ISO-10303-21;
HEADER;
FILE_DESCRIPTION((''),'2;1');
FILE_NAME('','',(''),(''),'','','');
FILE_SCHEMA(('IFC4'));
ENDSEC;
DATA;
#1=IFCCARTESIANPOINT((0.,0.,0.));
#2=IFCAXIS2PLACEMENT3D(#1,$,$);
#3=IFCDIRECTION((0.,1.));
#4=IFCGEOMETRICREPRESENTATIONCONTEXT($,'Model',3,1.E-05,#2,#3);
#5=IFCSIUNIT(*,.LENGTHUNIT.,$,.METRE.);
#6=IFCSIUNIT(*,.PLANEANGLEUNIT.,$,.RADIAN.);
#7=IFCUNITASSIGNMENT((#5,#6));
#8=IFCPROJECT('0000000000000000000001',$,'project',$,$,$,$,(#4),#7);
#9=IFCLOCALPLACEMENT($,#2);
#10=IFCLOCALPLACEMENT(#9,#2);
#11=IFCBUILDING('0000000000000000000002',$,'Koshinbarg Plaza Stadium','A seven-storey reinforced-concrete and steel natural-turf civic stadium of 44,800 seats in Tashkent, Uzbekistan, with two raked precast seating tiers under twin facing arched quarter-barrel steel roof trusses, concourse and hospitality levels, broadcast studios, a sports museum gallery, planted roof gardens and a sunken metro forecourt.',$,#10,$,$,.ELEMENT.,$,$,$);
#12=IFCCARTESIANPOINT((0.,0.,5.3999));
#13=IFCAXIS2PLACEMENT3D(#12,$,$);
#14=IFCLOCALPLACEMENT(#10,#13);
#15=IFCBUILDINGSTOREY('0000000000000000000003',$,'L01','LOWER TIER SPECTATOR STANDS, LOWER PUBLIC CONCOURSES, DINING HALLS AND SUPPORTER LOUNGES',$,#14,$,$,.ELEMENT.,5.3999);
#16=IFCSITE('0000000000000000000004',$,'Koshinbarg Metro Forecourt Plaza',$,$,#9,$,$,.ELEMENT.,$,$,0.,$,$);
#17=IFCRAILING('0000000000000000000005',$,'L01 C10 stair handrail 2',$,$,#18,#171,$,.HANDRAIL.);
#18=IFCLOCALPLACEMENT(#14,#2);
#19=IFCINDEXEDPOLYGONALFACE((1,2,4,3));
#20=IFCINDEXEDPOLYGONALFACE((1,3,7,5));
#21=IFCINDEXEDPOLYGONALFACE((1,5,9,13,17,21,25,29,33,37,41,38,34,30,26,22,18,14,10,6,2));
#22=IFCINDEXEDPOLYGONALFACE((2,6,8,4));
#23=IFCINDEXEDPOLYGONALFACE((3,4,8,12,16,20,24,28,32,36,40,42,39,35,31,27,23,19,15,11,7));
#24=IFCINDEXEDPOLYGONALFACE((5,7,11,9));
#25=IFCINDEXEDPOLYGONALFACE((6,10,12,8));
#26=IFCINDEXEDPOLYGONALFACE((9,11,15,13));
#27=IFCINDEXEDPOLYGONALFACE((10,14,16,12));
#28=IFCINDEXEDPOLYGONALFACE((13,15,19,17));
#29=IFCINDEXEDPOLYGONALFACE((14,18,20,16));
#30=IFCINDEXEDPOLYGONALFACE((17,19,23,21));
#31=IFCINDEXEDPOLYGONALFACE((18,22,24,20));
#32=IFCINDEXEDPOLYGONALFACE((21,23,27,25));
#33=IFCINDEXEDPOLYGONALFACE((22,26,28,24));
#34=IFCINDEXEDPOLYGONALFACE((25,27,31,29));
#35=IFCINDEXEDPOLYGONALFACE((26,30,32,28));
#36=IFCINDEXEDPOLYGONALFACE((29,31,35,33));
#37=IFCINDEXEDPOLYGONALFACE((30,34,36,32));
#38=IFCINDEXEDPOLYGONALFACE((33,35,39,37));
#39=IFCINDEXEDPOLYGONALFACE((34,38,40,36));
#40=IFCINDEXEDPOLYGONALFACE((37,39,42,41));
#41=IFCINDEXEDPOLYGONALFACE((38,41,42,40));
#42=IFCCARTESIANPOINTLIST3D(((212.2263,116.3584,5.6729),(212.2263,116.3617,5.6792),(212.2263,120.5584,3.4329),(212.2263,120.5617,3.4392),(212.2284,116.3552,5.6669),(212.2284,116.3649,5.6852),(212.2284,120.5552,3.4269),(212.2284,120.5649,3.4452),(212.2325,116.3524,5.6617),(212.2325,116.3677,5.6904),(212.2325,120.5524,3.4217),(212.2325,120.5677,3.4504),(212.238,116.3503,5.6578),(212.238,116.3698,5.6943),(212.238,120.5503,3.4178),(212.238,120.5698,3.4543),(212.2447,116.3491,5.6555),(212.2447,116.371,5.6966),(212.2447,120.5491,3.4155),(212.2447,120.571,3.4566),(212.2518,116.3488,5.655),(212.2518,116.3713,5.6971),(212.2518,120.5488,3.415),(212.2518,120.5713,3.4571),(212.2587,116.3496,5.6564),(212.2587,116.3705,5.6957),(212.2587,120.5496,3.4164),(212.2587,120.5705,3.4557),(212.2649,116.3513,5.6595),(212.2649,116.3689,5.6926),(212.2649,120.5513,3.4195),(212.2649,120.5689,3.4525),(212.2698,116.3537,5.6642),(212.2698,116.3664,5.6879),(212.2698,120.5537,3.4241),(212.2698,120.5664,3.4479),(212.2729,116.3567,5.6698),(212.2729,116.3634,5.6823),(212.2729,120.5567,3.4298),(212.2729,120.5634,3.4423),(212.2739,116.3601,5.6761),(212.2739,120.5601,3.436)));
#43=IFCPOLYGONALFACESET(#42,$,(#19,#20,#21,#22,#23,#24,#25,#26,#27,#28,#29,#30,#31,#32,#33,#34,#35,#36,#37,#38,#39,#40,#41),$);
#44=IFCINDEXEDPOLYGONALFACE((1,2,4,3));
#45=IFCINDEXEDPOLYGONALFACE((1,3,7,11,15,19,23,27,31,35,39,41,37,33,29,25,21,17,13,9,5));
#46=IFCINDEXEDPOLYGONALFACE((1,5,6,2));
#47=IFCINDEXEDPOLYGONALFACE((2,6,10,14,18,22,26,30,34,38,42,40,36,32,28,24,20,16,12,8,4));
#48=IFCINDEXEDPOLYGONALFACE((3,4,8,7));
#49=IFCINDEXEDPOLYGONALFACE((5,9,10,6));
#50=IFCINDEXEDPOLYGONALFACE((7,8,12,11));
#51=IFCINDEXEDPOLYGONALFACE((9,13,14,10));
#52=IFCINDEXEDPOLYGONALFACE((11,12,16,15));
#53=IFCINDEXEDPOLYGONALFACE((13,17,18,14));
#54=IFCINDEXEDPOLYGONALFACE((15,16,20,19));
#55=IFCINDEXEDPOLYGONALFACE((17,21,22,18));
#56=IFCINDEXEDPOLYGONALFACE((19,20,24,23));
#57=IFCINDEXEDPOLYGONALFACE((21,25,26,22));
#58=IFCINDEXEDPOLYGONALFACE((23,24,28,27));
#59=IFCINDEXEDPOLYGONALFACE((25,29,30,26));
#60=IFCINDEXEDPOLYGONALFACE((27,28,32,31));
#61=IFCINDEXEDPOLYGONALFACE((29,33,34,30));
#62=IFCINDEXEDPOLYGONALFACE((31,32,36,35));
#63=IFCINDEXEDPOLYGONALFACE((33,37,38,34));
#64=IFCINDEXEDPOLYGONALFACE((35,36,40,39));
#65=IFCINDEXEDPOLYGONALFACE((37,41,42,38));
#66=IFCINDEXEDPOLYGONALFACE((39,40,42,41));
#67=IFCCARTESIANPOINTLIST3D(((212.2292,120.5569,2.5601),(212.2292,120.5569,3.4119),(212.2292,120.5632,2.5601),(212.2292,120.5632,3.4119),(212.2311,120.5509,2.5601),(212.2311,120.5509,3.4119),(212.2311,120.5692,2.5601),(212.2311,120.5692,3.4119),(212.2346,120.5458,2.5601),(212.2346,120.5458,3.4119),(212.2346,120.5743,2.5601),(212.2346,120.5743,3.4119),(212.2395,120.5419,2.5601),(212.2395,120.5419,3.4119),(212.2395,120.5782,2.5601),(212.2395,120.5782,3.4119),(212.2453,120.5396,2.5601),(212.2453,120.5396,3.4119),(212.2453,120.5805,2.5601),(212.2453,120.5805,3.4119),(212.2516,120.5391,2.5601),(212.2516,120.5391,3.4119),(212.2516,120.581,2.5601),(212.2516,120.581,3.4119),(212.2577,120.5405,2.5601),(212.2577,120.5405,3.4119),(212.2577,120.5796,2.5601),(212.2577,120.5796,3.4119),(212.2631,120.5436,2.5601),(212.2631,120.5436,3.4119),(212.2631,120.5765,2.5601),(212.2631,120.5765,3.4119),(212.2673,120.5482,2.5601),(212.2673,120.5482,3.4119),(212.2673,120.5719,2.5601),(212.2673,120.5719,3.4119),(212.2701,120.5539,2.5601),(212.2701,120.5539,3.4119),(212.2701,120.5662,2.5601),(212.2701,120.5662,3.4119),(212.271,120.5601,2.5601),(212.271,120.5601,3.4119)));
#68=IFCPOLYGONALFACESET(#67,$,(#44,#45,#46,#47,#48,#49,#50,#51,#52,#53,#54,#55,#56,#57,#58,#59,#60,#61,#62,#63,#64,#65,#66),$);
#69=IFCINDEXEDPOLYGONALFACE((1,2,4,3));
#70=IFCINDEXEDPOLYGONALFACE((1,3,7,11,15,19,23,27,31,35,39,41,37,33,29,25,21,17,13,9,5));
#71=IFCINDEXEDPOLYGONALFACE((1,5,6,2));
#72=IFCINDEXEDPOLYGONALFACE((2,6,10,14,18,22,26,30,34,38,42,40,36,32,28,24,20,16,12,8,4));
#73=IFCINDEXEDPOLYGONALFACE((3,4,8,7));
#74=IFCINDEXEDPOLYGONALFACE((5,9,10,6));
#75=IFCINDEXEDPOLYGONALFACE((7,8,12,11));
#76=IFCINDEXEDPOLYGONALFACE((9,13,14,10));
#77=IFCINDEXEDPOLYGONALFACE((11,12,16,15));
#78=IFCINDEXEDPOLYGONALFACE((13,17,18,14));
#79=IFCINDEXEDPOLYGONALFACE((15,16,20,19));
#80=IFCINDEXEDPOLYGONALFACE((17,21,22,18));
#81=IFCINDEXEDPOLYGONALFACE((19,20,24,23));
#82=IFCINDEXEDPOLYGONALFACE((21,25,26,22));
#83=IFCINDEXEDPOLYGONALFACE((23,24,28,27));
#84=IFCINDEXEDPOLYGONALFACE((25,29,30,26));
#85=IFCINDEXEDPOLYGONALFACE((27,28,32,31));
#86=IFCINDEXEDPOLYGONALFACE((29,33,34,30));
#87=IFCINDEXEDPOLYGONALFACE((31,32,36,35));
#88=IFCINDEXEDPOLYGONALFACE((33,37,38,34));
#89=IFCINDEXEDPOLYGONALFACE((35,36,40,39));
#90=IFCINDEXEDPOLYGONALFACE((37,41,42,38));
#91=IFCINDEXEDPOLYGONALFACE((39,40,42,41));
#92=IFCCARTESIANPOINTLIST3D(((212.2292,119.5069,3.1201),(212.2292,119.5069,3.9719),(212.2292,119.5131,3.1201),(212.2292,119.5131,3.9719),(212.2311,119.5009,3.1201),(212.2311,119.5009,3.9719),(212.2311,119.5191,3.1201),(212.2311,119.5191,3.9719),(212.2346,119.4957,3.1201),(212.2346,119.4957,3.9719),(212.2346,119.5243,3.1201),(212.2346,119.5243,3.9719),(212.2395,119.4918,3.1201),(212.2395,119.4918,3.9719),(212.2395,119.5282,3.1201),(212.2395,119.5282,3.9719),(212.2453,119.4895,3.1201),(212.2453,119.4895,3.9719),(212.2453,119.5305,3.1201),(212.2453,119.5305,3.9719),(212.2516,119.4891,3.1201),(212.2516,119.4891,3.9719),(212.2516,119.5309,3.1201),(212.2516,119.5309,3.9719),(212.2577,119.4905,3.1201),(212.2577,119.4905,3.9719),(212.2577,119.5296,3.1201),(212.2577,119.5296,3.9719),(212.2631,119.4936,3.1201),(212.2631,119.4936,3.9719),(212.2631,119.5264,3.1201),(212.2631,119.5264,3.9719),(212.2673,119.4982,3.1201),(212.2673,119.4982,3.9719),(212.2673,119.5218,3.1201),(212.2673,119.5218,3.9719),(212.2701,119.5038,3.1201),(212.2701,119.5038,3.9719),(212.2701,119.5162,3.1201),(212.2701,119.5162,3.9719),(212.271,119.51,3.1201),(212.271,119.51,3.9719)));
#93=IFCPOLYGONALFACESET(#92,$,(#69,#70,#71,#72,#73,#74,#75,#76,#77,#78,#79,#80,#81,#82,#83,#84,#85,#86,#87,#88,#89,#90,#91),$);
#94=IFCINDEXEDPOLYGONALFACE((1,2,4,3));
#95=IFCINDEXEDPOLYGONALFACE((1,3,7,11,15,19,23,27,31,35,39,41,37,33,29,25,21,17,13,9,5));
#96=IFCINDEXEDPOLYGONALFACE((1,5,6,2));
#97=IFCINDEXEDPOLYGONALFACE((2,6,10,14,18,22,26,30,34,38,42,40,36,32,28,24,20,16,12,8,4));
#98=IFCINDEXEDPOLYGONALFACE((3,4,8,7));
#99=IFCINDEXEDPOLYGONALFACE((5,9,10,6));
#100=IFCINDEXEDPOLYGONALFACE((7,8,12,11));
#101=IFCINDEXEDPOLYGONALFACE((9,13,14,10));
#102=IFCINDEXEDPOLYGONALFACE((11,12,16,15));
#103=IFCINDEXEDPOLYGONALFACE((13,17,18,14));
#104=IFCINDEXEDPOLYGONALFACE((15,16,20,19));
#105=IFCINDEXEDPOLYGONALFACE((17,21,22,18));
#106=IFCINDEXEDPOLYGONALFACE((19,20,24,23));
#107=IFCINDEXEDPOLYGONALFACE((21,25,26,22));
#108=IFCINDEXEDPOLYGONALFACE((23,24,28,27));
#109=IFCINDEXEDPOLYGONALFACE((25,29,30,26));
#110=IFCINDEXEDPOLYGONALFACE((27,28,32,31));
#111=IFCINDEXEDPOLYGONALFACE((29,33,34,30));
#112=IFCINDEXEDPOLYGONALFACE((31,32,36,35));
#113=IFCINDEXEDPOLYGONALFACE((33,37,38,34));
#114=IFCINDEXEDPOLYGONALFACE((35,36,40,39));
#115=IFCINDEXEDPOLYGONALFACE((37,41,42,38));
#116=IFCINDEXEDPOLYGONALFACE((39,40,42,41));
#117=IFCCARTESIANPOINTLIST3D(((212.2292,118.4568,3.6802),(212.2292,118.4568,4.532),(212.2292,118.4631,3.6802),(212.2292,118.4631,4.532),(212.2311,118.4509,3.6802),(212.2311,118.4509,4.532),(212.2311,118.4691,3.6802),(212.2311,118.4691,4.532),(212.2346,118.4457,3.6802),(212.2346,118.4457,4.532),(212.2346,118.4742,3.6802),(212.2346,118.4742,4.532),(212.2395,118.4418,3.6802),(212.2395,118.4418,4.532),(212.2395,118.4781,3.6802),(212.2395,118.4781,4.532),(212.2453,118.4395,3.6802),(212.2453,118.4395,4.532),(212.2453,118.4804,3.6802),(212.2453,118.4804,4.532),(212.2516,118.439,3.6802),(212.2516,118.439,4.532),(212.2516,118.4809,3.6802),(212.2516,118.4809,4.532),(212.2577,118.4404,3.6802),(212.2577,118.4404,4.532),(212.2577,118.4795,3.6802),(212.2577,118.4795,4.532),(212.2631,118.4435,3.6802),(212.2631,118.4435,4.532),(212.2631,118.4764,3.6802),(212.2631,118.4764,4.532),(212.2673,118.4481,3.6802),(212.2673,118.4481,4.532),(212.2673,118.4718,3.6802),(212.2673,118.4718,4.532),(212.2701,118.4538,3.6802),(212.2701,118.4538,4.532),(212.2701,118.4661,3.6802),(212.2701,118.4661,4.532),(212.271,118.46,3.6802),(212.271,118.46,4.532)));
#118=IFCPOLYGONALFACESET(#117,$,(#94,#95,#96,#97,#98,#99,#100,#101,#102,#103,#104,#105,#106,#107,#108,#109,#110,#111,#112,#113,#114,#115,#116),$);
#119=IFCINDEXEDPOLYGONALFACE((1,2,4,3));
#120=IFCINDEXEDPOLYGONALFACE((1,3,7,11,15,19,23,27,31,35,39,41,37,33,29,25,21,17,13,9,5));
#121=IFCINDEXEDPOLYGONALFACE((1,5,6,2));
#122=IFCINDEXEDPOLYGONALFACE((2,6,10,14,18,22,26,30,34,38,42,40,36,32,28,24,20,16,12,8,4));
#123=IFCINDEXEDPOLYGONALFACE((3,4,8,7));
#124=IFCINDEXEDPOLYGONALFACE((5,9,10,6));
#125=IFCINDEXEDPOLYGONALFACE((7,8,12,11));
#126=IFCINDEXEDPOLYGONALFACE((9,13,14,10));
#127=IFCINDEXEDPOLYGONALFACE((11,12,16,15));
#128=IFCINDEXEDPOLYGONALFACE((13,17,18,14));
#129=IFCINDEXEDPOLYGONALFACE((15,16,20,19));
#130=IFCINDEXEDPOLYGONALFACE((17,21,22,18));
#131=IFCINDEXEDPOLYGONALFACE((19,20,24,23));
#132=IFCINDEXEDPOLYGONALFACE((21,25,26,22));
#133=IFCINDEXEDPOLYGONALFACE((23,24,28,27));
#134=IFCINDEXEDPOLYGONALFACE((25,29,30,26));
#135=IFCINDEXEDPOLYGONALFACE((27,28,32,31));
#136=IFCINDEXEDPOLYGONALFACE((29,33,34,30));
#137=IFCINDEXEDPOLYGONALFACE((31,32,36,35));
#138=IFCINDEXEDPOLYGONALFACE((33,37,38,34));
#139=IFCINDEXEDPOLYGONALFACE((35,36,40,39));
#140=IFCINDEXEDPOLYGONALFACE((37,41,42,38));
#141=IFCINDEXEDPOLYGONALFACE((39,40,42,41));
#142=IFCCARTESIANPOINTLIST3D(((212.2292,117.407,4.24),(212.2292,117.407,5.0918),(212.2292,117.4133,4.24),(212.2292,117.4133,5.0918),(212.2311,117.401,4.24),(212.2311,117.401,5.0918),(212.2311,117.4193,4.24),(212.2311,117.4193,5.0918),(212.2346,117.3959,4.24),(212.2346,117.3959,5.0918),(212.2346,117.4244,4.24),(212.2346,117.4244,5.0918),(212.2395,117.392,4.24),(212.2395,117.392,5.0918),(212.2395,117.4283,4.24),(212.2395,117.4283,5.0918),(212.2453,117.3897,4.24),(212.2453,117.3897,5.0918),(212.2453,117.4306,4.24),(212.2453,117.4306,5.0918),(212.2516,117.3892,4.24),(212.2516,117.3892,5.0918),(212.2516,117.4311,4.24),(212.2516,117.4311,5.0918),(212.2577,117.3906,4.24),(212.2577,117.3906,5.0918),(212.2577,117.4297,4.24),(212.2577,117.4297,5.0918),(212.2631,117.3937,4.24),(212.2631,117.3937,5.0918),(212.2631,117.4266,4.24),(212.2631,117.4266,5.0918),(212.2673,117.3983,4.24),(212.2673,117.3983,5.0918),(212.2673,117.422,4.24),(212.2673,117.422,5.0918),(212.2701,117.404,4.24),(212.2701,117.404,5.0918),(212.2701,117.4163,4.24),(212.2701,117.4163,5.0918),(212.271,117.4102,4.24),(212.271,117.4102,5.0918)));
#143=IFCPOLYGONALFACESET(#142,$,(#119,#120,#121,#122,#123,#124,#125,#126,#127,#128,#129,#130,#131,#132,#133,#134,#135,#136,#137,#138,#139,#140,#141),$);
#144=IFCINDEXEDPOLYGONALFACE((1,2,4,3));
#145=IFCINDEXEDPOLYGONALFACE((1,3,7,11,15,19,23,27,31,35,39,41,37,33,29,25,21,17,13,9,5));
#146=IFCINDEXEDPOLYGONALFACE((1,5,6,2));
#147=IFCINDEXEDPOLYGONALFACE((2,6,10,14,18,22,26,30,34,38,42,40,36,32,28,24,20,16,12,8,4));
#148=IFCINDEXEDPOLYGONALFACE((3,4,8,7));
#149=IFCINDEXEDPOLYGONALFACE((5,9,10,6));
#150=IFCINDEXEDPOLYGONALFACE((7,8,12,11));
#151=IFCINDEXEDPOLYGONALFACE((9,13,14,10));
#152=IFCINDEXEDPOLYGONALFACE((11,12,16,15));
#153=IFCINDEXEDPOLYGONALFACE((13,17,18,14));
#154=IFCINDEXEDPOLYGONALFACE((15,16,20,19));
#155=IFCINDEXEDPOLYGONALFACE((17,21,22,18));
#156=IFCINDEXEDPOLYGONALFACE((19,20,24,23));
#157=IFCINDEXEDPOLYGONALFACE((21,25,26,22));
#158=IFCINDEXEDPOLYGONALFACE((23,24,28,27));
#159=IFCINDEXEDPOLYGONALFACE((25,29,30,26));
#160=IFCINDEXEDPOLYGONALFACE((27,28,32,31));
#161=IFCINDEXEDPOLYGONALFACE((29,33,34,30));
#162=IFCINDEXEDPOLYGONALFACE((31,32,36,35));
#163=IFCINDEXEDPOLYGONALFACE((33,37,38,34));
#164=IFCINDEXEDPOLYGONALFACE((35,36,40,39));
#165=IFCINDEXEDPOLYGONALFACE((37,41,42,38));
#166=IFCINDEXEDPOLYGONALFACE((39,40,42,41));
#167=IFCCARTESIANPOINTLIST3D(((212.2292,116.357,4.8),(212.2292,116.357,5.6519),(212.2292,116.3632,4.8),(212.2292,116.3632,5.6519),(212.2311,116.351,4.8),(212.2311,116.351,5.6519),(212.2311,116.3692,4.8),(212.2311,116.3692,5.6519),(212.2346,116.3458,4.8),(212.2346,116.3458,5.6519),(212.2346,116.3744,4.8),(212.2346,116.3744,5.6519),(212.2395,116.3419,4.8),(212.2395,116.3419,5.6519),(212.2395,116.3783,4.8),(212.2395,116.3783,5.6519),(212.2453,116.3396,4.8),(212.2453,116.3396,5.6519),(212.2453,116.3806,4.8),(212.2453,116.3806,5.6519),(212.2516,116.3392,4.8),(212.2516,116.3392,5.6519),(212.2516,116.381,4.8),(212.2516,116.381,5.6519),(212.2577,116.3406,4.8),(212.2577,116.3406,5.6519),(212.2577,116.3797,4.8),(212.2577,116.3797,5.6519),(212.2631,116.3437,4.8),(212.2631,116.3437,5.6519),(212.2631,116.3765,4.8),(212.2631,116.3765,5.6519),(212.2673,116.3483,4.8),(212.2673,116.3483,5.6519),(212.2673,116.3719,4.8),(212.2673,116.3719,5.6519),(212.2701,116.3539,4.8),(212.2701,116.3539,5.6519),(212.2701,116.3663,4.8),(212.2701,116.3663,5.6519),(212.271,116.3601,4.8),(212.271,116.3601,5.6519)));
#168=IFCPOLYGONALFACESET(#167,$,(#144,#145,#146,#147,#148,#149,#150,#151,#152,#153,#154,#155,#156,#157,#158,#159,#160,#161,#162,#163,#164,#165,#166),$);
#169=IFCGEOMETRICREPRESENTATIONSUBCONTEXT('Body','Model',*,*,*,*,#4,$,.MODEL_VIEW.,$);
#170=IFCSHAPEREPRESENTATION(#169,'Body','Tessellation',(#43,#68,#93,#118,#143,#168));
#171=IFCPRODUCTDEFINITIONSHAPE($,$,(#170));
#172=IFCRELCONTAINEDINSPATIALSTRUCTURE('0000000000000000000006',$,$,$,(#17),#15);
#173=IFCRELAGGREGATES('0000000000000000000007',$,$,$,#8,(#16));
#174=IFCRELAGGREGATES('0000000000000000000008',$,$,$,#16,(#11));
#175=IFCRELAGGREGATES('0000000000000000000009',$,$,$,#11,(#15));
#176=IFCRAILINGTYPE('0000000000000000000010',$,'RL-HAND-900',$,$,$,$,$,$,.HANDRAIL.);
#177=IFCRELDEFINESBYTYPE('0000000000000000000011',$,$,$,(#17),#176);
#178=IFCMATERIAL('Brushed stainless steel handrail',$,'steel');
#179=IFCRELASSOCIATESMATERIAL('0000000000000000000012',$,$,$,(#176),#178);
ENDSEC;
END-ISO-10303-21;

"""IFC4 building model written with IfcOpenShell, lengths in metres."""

from ifc_helpers import new_model, si_unit, direction, frame, origin, origin_2d, place, context, subcontext, project, spatial, circle, extrude, material, type_object, element, save


model = new_model("IFC4")

# Units and contexts
model_context = context("Model", 3, precision=1e-05, world=origin(), true_north=direction((0.0, 1.0)))
body_context = subcontext(model_context, "Body", "Model", "MODEL_VIEW")
ifc_project = project(units=[si_unit("LENGTHUNIT", "METRE"), si_unit("PLANEANGLEUNIT", "RADIAN")], contexts=[model_context])

# Site, building, storey
site_placement = place(None, origin())
site = spatial("IfcSite", under=ifc_project, at=site_placement, Name="Koshinbarg Metro Forecourt Plaza", CompositionType="ELEMENT", RefElevation=0.0)
building_placement = place(site_placement, origin())
building = spatial("IfcBuilding", under=site, at=building_placement, Name="Koshinbarg Plaza Stadium", Description="A seven-storey reinforced-concrete and steel natural-turf civic stadium of 44,800 seats in Tashkent, Uzbekistan, with two raked precast seating tiers under twin facing arched quarter-barrel steel roof trusses, concourse and hospitality levels, broadcast studios, a sports museum gallery, planted roof gardens and a sunken metro forecourt.", CompositionType="ELEMENT")
storey_placement = place(building_placement, frame((0.0, 0.0, 5.3999)))
storey = spatial("IfcBuildingStorey", under=building, at=storey_placement, Name="L01", Description="LOWER TIER SPECTATOR STANDS, LOWER PUBLIC CONCOURSES, DINING HALLS AND SUPPORTER LOUNGES", CompositionType="ELEMENT", Elevation=5.3999)

# Railing
ifc_material_1 = material(Name="Brushed stainless steel handrail", Category="steel")
railing_type_1 = type_object("IfcRailingType", Name="RL-HAND-900", PredefinedType="HANDRAIL", material=ifc_material_1)
railing_1_placement = place(storey_placement, frame((212.25, 120.5601, 2.5601)))
element("IfcRailing", 1, at=railing_1_placement, inside=storey, type_object=railing_type_1, Name="L01 C10 stair handrail 2", PredefinedType="HANDRAIL", context=body_context, shape_type="SweptSolid", body=[
    extrude(circle(Radius=0.0239, at=origin_2d()), frame((0.0, 0.0, 0.876), z_axis=(0.0, -0.882352, 0.470591), x_axis=(1.0, 0.0, 0.0)), (0.0, 0.0, 1.0), 4.76),
    extrude(circle(Radius=0.021, at=origin_2d()), origin(), (0.0, 0.0, 1.0), 0.8518),
    extrude(circle(Radius=0.021, at=origin_2d()), frame((0.0, -1.05, 0.5601)), (0.0, 0.0, 1.0), 0.8518),
    extrude(circle(Radius=0.021, at=origin_2d()), frame((0.0, -2.1001, 1.1201)), (0.0, 0.0, 1.0), 0.8518),
    extrude(circle(Radius=0.021, at=origin_2d()), frame((0.0, -3.1499, 1.6799)), (0.0, 0.0, 1.0), 0.8518),
    extrude(circle(Radius=0.021, at=origin_2d()), frame((0.0, -4.2, 2.24)), (0.0, 0.0, 1.0), 0.8518),
])

save(model, "model.ifc")
